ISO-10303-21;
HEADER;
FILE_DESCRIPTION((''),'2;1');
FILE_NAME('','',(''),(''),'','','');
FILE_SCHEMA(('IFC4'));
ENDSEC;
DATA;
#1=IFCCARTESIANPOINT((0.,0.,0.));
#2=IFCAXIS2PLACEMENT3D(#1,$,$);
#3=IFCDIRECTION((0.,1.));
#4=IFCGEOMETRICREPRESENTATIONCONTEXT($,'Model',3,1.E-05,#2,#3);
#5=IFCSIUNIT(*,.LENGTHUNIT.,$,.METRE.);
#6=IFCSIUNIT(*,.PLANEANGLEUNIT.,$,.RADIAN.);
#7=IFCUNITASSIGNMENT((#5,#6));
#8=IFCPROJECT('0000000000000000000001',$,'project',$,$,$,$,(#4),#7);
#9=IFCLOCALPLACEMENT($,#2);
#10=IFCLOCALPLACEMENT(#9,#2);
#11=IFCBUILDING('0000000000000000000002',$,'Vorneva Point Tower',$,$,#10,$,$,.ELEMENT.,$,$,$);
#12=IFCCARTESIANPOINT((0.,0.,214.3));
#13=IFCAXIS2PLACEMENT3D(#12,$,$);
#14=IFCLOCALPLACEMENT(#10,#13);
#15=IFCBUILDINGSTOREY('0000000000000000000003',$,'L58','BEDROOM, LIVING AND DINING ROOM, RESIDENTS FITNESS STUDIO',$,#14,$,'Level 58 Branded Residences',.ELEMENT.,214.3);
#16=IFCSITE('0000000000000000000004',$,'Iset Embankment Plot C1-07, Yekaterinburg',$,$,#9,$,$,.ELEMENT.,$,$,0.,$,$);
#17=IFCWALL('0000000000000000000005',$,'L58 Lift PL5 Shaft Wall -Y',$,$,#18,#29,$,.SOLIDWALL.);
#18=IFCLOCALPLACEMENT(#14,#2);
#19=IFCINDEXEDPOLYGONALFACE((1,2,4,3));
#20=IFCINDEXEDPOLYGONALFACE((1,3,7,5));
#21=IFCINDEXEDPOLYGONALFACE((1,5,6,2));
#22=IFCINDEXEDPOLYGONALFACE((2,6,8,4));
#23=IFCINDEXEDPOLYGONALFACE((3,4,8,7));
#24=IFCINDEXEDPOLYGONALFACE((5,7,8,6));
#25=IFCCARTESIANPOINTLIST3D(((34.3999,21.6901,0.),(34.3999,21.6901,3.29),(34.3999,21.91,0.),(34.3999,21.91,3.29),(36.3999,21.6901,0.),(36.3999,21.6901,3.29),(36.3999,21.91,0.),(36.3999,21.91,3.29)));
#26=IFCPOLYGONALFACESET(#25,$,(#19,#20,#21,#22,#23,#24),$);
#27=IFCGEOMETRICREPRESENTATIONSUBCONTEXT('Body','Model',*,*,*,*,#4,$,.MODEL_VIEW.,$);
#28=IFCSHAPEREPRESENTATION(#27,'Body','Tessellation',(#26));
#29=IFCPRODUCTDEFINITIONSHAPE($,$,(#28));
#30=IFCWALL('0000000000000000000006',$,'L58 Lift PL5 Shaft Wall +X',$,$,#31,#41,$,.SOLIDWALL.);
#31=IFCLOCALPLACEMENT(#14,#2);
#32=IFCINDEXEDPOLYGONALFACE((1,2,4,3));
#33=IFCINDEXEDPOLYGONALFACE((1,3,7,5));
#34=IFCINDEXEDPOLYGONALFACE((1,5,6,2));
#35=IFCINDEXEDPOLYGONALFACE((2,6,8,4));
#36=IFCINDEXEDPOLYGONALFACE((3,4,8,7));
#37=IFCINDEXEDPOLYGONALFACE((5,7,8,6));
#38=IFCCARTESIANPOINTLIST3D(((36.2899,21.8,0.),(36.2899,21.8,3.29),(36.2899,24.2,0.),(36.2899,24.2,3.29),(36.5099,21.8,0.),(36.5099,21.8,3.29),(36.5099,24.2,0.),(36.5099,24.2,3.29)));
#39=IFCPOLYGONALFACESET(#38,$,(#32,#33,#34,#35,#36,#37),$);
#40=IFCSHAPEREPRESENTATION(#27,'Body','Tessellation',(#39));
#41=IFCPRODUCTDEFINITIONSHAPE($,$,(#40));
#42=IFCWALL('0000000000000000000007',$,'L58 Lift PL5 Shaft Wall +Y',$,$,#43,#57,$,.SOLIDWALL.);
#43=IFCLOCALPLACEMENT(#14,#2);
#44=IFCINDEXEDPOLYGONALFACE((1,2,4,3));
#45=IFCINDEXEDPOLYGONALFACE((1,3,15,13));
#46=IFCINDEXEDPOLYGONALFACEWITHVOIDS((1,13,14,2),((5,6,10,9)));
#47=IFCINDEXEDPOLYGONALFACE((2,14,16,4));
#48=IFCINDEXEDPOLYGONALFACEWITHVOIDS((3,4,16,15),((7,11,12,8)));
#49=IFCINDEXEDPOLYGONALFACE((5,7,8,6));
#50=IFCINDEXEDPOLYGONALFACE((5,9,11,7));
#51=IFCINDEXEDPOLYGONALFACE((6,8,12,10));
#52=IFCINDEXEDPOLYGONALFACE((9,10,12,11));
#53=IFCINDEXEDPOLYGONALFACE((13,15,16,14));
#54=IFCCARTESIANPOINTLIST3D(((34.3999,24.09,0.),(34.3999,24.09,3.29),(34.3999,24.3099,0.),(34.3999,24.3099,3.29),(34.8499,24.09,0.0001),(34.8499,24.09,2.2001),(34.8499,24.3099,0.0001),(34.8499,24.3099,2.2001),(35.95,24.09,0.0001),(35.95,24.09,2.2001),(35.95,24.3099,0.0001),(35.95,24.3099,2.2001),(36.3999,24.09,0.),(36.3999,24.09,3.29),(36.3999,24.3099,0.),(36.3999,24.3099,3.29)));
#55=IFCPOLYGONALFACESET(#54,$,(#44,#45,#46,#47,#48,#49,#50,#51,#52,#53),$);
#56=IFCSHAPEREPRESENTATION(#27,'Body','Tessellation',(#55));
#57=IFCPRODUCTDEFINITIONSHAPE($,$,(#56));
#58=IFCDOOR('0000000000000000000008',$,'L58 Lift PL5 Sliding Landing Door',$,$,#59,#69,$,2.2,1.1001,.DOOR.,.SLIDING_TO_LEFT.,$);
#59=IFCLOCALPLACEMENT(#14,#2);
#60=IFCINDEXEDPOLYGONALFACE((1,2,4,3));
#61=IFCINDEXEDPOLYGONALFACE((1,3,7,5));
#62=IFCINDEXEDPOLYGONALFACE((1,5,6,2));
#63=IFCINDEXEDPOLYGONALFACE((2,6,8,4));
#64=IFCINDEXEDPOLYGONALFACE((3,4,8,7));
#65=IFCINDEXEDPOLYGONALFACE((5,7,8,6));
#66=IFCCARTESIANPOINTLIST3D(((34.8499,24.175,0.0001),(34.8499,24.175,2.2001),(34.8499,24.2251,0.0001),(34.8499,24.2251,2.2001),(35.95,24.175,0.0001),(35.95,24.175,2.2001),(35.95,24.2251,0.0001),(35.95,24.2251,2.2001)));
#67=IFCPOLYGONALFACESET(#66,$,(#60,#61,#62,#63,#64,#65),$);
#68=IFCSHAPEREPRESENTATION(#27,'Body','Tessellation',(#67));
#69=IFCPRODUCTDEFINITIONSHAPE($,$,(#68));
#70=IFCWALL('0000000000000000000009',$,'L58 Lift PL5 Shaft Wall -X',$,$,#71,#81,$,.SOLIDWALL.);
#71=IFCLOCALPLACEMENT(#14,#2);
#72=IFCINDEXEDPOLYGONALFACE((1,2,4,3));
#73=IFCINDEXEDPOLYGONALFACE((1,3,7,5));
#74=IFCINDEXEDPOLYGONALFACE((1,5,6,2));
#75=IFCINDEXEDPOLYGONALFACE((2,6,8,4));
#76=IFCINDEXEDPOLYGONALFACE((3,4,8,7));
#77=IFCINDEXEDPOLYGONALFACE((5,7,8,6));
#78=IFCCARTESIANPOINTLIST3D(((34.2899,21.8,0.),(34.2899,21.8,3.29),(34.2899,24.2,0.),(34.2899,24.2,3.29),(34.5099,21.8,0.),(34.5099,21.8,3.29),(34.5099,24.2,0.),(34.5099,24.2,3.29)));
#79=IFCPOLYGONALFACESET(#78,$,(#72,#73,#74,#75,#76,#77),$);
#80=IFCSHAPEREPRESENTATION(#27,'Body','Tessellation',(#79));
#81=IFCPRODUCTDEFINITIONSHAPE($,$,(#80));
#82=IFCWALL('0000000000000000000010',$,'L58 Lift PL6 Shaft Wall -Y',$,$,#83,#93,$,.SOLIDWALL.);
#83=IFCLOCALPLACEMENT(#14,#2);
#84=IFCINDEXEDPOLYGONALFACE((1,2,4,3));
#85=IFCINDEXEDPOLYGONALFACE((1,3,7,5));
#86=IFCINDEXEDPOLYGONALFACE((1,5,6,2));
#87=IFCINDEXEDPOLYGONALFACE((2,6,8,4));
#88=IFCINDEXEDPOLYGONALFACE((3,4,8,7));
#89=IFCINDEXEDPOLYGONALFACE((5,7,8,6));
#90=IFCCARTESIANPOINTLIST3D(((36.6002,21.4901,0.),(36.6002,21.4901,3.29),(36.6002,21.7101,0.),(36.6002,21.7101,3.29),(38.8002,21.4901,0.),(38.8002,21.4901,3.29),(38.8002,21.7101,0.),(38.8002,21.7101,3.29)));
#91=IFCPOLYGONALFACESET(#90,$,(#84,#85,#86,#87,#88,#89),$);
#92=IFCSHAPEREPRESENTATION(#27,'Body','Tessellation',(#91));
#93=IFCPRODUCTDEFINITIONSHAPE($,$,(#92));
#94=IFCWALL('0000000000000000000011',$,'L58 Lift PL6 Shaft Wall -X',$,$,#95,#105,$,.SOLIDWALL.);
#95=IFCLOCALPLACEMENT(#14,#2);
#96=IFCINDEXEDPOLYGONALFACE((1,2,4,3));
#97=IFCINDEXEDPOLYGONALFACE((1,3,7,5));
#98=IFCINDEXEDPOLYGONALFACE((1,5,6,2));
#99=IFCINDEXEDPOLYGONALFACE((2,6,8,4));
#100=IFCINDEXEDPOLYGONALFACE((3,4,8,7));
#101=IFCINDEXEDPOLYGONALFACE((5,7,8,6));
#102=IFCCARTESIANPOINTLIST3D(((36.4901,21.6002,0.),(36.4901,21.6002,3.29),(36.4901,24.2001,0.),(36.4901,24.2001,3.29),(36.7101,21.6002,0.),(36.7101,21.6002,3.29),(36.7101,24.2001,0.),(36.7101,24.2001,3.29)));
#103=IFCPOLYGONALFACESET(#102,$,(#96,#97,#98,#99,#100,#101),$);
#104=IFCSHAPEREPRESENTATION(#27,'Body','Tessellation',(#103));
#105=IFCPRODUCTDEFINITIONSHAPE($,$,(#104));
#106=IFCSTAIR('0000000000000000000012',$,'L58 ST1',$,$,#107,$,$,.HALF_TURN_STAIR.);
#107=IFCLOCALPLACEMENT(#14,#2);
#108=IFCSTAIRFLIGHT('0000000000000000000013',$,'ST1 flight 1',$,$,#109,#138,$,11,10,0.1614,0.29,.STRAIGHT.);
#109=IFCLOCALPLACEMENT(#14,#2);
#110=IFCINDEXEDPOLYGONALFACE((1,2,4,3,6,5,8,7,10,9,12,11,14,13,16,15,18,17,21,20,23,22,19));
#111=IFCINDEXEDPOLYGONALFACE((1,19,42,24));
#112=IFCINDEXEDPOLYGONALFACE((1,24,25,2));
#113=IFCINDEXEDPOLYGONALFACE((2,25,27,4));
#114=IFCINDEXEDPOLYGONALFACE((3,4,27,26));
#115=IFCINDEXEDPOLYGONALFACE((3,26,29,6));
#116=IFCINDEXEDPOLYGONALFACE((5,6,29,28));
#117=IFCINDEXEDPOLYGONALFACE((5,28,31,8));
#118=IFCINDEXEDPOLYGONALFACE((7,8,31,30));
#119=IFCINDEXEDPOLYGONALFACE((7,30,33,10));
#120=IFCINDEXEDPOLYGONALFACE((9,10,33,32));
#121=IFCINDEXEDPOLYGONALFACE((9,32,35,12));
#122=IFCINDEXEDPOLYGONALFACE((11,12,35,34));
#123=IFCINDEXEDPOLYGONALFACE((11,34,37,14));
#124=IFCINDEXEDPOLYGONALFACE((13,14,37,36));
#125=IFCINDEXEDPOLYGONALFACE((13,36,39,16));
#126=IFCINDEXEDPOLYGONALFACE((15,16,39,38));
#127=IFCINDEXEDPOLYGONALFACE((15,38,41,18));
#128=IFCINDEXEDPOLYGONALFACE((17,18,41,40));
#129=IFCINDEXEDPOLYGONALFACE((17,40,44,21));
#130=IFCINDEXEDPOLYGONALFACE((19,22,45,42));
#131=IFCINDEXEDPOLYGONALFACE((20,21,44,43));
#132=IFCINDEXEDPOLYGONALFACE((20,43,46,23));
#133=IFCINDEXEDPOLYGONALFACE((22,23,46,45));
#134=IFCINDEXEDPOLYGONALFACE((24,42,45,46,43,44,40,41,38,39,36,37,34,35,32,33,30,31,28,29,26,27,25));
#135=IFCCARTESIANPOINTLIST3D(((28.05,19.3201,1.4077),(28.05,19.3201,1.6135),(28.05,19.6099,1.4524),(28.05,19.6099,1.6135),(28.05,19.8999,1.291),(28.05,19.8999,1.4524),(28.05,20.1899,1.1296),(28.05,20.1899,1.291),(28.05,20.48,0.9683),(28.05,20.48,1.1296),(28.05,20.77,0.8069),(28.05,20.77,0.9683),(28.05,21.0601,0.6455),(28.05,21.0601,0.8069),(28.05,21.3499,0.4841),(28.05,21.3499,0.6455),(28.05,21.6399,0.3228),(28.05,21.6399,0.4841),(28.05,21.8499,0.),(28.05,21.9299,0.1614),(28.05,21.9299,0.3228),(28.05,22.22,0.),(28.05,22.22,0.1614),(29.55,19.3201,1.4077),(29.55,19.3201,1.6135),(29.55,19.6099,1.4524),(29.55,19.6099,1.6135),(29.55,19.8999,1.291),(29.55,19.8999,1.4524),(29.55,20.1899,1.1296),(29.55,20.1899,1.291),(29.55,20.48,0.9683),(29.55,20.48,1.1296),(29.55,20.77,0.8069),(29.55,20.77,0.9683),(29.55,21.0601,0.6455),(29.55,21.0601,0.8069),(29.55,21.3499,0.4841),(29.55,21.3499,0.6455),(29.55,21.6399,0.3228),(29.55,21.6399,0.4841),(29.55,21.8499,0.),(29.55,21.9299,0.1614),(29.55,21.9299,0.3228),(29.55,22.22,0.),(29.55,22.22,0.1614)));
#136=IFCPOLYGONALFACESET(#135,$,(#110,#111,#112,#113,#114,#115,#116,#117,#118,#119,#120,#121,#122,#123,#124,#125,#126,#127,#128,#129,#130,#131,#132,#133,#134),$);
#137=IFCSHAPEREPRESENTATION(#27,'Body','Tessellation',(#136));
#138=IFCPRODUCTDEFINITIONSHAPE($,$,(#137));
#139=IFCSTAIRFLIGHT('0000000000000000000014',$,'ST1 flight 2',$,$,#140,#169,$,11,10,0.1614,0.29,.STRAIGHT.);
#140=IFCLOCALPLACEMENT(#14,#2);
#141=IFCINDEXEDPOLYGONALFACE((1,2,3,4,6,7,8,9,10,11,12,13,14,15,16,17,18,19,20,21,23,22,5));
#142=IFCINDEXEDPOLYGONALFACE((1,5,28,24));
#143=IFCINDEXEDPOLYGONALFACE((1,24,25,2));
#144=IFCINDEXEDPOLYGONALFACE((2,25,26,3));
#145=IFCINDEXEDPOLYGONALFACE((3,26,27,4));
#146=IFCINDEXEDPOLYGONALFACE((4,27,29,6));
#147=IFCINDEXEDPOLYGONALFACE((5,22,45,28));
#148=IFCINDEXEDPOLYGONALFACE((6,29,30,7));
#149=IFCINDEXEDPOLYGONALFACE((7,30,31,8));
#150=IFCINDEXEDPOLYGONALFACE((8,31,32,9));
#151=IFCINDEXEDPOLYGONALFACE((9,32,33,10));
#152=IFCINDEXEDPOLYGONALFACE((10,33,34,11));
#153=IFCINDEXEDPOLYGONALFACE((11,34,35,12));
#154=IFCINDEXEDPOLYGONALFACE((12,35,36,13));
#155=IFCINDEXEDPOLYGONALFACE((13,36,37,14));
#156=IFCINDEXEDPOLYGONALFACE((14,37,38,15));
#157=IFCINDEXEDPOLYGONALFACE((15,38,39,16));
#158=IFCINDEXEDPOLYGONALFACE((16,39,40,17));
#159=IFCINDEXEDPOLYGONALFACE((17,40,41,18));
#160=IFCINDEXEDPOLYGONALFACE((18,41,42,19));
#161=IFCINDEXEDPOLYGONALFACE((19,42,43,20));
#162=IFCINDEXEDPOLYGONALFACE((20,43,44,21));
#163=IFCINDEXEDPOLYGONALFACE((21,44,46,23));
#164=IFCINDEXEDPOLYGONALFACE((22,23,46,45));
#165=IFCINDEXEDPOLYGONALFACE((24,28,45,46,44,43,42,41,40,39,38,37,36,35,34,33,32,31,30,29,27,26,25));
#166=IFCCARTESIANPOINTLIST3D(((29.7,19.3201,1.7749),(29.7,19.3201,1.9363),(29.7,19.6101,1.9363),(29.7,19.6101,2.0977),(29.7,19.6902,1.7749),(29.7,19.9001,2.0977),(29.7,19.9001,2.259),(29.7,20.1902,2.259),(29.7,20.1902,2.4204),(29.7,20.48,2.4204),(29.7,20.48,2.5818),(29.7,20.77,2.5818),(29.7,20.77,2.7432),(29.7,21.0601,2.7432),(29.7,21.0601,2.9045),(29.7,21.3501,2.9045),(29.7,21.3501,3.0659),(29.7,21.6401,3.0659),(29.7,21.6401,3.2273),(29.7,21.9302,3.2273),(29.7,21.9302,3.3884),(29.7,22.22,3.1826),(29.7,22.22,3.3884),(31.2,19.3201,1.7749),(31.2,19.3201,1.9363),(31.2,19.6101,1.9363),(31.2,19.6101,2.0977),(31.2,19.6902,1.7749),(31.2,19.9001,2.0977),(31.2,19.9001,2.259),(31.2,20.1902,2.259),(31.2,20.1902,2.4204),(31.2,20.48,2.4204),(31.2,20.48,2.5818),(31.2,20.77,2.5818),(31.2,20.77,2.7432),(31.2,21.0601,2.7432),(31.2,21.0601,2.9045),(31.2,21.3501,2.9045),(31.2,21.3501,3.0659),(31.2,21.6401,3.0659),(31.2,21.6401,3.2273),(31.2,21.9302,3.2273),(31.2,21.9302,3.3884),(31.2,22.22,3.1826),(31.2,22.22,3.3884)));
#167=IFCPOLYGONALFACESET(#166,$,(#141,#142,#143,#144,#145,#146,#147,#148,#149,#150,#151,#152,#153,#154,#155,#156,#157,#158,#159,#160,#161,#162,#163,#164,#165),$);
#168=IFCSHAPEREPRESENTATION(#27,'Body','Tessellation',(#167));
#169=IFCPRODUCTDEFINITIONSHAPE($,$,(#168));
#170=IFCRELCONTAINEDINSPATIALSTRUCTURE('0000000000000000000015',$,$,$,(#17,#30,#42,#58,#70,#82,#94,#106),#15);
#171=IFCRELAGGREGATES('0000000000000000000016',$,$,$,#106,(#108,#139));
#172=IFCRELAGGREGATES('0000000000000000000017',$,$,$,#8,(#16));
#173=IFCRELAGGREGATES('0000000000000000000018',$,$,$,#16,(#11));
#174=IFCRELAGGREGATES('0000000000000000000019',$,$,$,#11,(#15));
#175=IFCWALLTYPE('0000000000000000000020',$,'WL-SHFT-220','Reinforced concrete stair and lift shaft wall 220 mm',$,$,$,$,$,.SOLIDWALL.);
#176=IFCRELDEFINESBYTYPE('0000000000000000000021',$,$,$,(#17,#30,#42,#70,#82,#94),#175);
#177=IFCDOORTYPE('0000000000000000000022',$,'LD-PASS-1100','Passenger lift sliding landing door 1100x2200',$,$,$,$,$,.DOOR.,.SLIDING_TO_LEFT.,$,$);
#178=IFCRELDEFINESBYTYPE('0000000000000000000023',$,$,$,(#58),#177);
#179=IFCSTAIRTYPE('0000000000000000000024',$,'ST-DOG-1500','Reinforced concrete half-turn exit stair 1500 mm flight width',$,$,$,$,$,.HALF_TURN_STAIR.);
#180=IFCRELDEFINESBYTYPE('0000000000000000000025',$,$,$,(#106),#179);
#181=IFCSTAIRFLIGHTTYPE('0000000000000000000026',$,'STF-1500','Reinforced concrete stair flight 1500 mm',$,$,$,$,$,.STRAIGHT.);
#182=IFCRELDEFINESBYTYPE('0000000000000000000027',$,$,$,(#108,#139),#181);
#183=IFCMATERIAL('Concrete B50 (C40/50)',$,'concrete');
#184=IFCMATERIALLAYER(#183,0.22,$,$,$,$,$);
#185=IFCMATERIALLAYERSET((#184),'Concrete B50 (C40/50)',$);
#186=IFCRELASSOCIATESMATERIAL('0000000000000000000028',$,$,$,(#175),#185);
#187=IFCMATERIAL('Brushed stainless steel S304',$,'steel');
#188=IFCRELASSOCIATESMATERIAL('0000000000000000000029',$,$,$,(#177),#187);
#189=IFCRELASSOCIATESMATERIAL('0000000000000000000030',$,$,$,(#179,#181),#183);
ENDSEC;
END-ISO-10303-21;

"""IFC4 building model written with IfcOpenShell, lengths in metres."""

from ifc_helpers import new_model, si_unit, direction, frame, frame_2d, origin, place, context, subcontext, project, spatial, polyline, rectangle, outline, extrude, material, layer, layer_set, type_object, element, fill, aggregate, save


model = new_model("IFC4")

# Units and contexts
model_context = context("Model", 3, precision=1e-05, world=origin(), true_north=direction((0.0, 1.0)))
body_context = subcontext(model_context, "Body", "Model", "MODEL_VIEW")
ifc_project = project(units=[si_unit("LENGTHUNIT", "METRE"), si_unit("PLANEANGLEUNIT", "RADIAN")], contexts=[model_context])

# Site, building, storey
site_placement = place(None, origin())
site = spatial("IfcSite", under=ifc_project, at=site_placement, Name="Iset Embankment Plot C1-07, Yekaterinburg", CompositionType="ELEMENT", RefElevation=0.0)
building_placement = place(site_placement, origin())
building = spatial("IfcBuilding", under=site, at=building_placement, Name="Vorneva Point Tower", CompositionType="ELEMENT")
storey_placement = place(building_placement, frame((0.0, 0.0, 214.3)))
storey = spatial("IfcBuildingStorey", under=building, at=storey_placement, Name="L58", Description="BEDROOM, LIVING AND DINING ROOM, RESIDENTS FITNESS STUDIO", LongName="Level 58 Branded Residences", CompositionType="ELEMENT", Elevation=214.3)

# Shared definitions
ifc_material_1 = material(Name="Concrete B50 (C40/50)", Category="concrete")

# Shared definitions
ifc_layer_1 = layer(ifc_material_1, 0.22)
ifc_layer_set_1 = layer_set([ifc_layer_1], Name="Concrete B50 (C40/50)")
wall_type_1 = type_object("IfcWallType", Name="WL-SHFT-220", Description="Reinforced concrete stair and lift shaft wall 220 mm", PredefinedType="SOLIDWALL", material=ifc_layer_set_1)

# Shared definitions
ifc_material_2 = material(Name="Brushed stainless steel S304", Category="steel")
door_type_1 = type_object("IfcDoorType", Name="LD-PASS-1100", Description="Passenger lift sliding landing door 1100x2200", OperationType="SLIDING_TO_LEFT", PredefinedType="DOOR", material=ifc_material_2)

# Walls
wall_1_placement = place(storey_placement, frame((34.3999, 21.8, 0.0), z_axis=(0.0, 0.0, 1.0), x_axis=(1.0, 0.0, 0.0)))
element("IfcWall", 1, at=wall_1_placement, inside=storey, type_object=wall_type_1, Name="L58 Lift PL5 Shaft Wall -Y", PredefinedType="SOLIDWALL", context=body_context, shape_type="SweptSolid", body=[
    extrude(rectangle(XDim=2.0, YDim=0.22, at=frame_2d((1.0, 0.0))), origin(), (0.0, 0.0, 1.0), 3.29),
])
wall_2_placement = place(storey_placement, frame((36.3999, 21.8, 0.0), z_axis=(0.0, 0.0, 1.0), x_axis=(0.0, 1.0, 0.0)))
element("IfcWall", 2, at=wall_2_placement, inside=storey, type_object=wall_type_1, Name="L58 Lift PL5 Shaft Wall +X", PredefinedType="SOLIDWALL", context=body_context, shape_type="SweptSolid", body=[
    extrude(rectangle(XDim=2.3999, YDim=0.22, at=frame_2d((1.2, 0.0))), origin(), (0.0, 0.0, 1.0), 3.29),
])

# Wall, opening, door
wall_3_placement = place(storey_placement, frame((36.3999, 24.2, 0.0), z_axis=(0.0, 0.0, 1.0), x_axis=(-1.0, 0.0, 0.0)))
wall_3 = element("IfcWall", 3, at=wall_3_placement, inside=storey, type_object=wall_type_1, Name="L58 Lift PL5 Shaft Wall +Y", PredefinedType="SOLIDWALL", context=body_context, shape_type="SweptSolid", body=[
    extrude(rectangle(XDim=2.0, YDim=0.22, at=frame_2d((1.0, 0.0))), origin(), (0.0, 0.0, 1.0), 3.29),
])
opening_1_placement = place(wall_3_placement, frame((0.45, 0.0, 0.0)))
opening_1 = element("IfcOpeningElement", 4, at=opening_1_placement, cuts=wall_3, PredefinedType="OPENING", context=body_context, shape_type="SweptSolid", body=[
    extrude(rectangle(XDim=1.1001, YDim=2.2, at=frame_2d((0.55, 1.1001))), frame((0.0, 0.125, 0.0), z_axis=(0.0, -1.0, 0.0), x_axis=(1.0, 0.0, 0.0)), (0.0, 0.0, 1.0), 0.2498),
])
door_1_placement = place(opening_1_placement, origin())
door_1 = element("IfcDoor", 5, at=door_1_placement, inside=storey, type_object=door_type_1, Name="L58 Lift PL5 Sliding Landing Door", OperationType="SLIDING_TO_LEFT", OverallHeight=2.2, OverallWidth=1.1001, PredefinedType="DOOR", context=body_context, shape_type="SweptSolid", body=[
    extrude(rectangle(XDim=1.1001, YDim=2.2, at=frame_2d((0.55, 1.1001))), frame((0.0, 0.0249, 0.0), z_axis=(0.0, -1.0, 0.0), x_axis=(1.0, 0.0, 0.0)), (0.0, 0.0, 1.0), 0.05),
])
fill(opening_1, door_1)

# Walls
wall_4_placement = place(storey_placement, frame((34.3999, 24.2, 0.0), z_axis=(0.0, 0.0, 1.0), x_axis=(0.0, -1.0, 0.0)))
element("IfcWall", 6, at=wall_4_placement, inside=storey, type_object=wall_type_1, Name="L58 Lift PL5 Shaft Wall -X", PredefinedType="SOLIDWALL", context=body_context, shape_type="SweptSolid", body=[
    extrude(rectangle(XDim=2.3999, YDim=0.22, at=frame_2d((1.2, 0.0))), origin(), (0.0, 0.0, 1.0), 3.29),
])
wall_5_placement = place(storey_placement, frame((36.6001, 21.6001, 0.0), z_axis=(0.0, 0.0, 1.0), x_axis=(1.0, 0.0, 0.0)))
element("IfcWall", 7, at=wall_5_placement, inside=storey, type_object=wall_type_1, Name="L58 Lift PL6 Shaft Wall -Y", PredefinedType="SOLIDWALL", context=body_context, shape_type="SweptSolid", body=[
    extrude(rectangle(XDim=2.2, YDim=0.22, at=frame_2d((1.1001, 0.0))), origin(), (0.0, 0.0, 1.0), 3.29),
])
wall_6_placement = place(storey_placement, frame((36.6001, 24.2, 0.0), z_axis=(0.0, 0.0, 1.0), x_axis=(0.0, -1.0, 0.0)))
element("IfcWall", 8, at=wall_6_placement, inside=storey, type_object=wall_type_1, Name="L58 Lift PL6 Shaft Wall -X", PredefinedType="SOLIDWALL", context=body_context, shape_type="SweptSolid", body=[
    extrude(rectangle(XDim=2.5999, YDim=0.22, at=frame_2d((1.2998, 0.0))), origin(), (0.0, 0.0, 1.0), 3.29),
])

# Stair, stair flights
stair_type = type_object("IfcStairType", Name="ST-DOG-1500", Description="Reinforced concrete half-turn exit stair 1500 mm flight width", PredefinedType="HALF_TURN_STAIR", material=ifc_material_1)
stair_placement = place(storey_placement, origin())
stair = element("IfcStair", 9, at=stair_placement, inside=storey, type_object=stair_type, Name="L58 ST1", PredefinedType="HALF_TURN_STAIR")
stair_flight_type = type_object("IfcStairFlightType", Name="STF-1500", Description="Reinforced concrete stair flight 1500 mm", PredefinedType="STRAIGHT", material=ifc_material_1)
stair_flight_1_placement = place(storey_placement, frame((28.8, 22.22, 0.0), z_axis=(0.0, 0.0, 1.0), x_axis=(0.0, -1.0, 0.0)))
stair_flight_1 = element("IfcStairFlight", 10, at=stair_flight_1_placement, type_object=stair_flight_type, Name="ST1 flight 1", NumberOfRisers=11, NumberOfTreads=10, PredefinedType="STRAIGHT", RiserHeight=0.1614, TreadLength=0.29, context=body_context, shape_type="SweptSolid", body=[
    extrude(outline(polyline([(0.0, 0.0), (0.0, 0.1614), (0.29, 0.1614), (0.29, 0.3228), (0.5801, 0.3228), (0.5801, 0.4841), (0.8701, 0.4841), (0.8701, 0.6455), (1.1599, 0.6455), (1.1599, 0.8069), (1.45, 0.8069), (1.45, 0.9683), (1.74, 0.9683), (1.74, 1.1296), (2.03, 1.1296), (2.03, 1.291), (2.3201, 1.291), (2.3201, 1.4524), (2.6101, 1.4524), (2.6101, 1.6135), (2.8999, 1.6135), (2.8999, 1.7749), (2.8999, 1.4077), (0.3701, 0.0), (0.0, 0.0)])), frame((0.0, 0.75, 0.0), z_axis=(0.0, -1.0, 0.0), x_axis=(1.0, 0.0, 0.0)), (0.0, 0.0, 1.0), 1.5),
])
stair_flight_2_placement = place(storey_placement, frame((30.45, 19.3201, 1.7749), z_axis=(0.0, 0.0, 1.0), x_axis=(0.0, 1.0, 0.0)))
stair_flight_2 = element("IfcStairFlight", 11, at=stair_flight_2_placement, type_object=stair_flight_type, Name="ST1 flight 2", NumberOfRisers=11, NumberOfTreads=10, PredefinedType="STRAIGHT", RiserHeight=0.1614, TreadLength=0.29, context=body_context, shape_type="SweptSolid", body=[
    extrude(outline(polyline([(0.0, 0.0), (0.0, 0.1614), (0.29, 0.1614), (0.29, 0.3228), (0.5801, 0.3228), (0.5801, 0.4841), (0.8701, 0.4841), (0.8701, 0.6455), (1.1599, 0.6455), (1.1599, 0.8069), (1.45, 0.8069), (1.45, 0.9683), (1.74, 0.9683), (1.74, 1.1296), (2.03, 1.1296), (2.03, 1.291), (2.3201, 1.291), (2.3201, 1.4524), (2.6101, 1.4524), (2.6101, 1.6135), (2.8999, 1.6135), (2.8999, 1.7749), (2.8999, 1.4077), (0.3701, 0.0), (0.0, 0.0)])), frame((0.0, 0.75, 0.0), z_axis=(0.0, -1.0, 0.0), x_axis=(1.0, 0.0, 0.0)), (0.0, 0.0, 1.0), 1.5),
])
aggregate(stair, [stair_flight_1, stair_flight_2])

save(model, "model.ifc")
